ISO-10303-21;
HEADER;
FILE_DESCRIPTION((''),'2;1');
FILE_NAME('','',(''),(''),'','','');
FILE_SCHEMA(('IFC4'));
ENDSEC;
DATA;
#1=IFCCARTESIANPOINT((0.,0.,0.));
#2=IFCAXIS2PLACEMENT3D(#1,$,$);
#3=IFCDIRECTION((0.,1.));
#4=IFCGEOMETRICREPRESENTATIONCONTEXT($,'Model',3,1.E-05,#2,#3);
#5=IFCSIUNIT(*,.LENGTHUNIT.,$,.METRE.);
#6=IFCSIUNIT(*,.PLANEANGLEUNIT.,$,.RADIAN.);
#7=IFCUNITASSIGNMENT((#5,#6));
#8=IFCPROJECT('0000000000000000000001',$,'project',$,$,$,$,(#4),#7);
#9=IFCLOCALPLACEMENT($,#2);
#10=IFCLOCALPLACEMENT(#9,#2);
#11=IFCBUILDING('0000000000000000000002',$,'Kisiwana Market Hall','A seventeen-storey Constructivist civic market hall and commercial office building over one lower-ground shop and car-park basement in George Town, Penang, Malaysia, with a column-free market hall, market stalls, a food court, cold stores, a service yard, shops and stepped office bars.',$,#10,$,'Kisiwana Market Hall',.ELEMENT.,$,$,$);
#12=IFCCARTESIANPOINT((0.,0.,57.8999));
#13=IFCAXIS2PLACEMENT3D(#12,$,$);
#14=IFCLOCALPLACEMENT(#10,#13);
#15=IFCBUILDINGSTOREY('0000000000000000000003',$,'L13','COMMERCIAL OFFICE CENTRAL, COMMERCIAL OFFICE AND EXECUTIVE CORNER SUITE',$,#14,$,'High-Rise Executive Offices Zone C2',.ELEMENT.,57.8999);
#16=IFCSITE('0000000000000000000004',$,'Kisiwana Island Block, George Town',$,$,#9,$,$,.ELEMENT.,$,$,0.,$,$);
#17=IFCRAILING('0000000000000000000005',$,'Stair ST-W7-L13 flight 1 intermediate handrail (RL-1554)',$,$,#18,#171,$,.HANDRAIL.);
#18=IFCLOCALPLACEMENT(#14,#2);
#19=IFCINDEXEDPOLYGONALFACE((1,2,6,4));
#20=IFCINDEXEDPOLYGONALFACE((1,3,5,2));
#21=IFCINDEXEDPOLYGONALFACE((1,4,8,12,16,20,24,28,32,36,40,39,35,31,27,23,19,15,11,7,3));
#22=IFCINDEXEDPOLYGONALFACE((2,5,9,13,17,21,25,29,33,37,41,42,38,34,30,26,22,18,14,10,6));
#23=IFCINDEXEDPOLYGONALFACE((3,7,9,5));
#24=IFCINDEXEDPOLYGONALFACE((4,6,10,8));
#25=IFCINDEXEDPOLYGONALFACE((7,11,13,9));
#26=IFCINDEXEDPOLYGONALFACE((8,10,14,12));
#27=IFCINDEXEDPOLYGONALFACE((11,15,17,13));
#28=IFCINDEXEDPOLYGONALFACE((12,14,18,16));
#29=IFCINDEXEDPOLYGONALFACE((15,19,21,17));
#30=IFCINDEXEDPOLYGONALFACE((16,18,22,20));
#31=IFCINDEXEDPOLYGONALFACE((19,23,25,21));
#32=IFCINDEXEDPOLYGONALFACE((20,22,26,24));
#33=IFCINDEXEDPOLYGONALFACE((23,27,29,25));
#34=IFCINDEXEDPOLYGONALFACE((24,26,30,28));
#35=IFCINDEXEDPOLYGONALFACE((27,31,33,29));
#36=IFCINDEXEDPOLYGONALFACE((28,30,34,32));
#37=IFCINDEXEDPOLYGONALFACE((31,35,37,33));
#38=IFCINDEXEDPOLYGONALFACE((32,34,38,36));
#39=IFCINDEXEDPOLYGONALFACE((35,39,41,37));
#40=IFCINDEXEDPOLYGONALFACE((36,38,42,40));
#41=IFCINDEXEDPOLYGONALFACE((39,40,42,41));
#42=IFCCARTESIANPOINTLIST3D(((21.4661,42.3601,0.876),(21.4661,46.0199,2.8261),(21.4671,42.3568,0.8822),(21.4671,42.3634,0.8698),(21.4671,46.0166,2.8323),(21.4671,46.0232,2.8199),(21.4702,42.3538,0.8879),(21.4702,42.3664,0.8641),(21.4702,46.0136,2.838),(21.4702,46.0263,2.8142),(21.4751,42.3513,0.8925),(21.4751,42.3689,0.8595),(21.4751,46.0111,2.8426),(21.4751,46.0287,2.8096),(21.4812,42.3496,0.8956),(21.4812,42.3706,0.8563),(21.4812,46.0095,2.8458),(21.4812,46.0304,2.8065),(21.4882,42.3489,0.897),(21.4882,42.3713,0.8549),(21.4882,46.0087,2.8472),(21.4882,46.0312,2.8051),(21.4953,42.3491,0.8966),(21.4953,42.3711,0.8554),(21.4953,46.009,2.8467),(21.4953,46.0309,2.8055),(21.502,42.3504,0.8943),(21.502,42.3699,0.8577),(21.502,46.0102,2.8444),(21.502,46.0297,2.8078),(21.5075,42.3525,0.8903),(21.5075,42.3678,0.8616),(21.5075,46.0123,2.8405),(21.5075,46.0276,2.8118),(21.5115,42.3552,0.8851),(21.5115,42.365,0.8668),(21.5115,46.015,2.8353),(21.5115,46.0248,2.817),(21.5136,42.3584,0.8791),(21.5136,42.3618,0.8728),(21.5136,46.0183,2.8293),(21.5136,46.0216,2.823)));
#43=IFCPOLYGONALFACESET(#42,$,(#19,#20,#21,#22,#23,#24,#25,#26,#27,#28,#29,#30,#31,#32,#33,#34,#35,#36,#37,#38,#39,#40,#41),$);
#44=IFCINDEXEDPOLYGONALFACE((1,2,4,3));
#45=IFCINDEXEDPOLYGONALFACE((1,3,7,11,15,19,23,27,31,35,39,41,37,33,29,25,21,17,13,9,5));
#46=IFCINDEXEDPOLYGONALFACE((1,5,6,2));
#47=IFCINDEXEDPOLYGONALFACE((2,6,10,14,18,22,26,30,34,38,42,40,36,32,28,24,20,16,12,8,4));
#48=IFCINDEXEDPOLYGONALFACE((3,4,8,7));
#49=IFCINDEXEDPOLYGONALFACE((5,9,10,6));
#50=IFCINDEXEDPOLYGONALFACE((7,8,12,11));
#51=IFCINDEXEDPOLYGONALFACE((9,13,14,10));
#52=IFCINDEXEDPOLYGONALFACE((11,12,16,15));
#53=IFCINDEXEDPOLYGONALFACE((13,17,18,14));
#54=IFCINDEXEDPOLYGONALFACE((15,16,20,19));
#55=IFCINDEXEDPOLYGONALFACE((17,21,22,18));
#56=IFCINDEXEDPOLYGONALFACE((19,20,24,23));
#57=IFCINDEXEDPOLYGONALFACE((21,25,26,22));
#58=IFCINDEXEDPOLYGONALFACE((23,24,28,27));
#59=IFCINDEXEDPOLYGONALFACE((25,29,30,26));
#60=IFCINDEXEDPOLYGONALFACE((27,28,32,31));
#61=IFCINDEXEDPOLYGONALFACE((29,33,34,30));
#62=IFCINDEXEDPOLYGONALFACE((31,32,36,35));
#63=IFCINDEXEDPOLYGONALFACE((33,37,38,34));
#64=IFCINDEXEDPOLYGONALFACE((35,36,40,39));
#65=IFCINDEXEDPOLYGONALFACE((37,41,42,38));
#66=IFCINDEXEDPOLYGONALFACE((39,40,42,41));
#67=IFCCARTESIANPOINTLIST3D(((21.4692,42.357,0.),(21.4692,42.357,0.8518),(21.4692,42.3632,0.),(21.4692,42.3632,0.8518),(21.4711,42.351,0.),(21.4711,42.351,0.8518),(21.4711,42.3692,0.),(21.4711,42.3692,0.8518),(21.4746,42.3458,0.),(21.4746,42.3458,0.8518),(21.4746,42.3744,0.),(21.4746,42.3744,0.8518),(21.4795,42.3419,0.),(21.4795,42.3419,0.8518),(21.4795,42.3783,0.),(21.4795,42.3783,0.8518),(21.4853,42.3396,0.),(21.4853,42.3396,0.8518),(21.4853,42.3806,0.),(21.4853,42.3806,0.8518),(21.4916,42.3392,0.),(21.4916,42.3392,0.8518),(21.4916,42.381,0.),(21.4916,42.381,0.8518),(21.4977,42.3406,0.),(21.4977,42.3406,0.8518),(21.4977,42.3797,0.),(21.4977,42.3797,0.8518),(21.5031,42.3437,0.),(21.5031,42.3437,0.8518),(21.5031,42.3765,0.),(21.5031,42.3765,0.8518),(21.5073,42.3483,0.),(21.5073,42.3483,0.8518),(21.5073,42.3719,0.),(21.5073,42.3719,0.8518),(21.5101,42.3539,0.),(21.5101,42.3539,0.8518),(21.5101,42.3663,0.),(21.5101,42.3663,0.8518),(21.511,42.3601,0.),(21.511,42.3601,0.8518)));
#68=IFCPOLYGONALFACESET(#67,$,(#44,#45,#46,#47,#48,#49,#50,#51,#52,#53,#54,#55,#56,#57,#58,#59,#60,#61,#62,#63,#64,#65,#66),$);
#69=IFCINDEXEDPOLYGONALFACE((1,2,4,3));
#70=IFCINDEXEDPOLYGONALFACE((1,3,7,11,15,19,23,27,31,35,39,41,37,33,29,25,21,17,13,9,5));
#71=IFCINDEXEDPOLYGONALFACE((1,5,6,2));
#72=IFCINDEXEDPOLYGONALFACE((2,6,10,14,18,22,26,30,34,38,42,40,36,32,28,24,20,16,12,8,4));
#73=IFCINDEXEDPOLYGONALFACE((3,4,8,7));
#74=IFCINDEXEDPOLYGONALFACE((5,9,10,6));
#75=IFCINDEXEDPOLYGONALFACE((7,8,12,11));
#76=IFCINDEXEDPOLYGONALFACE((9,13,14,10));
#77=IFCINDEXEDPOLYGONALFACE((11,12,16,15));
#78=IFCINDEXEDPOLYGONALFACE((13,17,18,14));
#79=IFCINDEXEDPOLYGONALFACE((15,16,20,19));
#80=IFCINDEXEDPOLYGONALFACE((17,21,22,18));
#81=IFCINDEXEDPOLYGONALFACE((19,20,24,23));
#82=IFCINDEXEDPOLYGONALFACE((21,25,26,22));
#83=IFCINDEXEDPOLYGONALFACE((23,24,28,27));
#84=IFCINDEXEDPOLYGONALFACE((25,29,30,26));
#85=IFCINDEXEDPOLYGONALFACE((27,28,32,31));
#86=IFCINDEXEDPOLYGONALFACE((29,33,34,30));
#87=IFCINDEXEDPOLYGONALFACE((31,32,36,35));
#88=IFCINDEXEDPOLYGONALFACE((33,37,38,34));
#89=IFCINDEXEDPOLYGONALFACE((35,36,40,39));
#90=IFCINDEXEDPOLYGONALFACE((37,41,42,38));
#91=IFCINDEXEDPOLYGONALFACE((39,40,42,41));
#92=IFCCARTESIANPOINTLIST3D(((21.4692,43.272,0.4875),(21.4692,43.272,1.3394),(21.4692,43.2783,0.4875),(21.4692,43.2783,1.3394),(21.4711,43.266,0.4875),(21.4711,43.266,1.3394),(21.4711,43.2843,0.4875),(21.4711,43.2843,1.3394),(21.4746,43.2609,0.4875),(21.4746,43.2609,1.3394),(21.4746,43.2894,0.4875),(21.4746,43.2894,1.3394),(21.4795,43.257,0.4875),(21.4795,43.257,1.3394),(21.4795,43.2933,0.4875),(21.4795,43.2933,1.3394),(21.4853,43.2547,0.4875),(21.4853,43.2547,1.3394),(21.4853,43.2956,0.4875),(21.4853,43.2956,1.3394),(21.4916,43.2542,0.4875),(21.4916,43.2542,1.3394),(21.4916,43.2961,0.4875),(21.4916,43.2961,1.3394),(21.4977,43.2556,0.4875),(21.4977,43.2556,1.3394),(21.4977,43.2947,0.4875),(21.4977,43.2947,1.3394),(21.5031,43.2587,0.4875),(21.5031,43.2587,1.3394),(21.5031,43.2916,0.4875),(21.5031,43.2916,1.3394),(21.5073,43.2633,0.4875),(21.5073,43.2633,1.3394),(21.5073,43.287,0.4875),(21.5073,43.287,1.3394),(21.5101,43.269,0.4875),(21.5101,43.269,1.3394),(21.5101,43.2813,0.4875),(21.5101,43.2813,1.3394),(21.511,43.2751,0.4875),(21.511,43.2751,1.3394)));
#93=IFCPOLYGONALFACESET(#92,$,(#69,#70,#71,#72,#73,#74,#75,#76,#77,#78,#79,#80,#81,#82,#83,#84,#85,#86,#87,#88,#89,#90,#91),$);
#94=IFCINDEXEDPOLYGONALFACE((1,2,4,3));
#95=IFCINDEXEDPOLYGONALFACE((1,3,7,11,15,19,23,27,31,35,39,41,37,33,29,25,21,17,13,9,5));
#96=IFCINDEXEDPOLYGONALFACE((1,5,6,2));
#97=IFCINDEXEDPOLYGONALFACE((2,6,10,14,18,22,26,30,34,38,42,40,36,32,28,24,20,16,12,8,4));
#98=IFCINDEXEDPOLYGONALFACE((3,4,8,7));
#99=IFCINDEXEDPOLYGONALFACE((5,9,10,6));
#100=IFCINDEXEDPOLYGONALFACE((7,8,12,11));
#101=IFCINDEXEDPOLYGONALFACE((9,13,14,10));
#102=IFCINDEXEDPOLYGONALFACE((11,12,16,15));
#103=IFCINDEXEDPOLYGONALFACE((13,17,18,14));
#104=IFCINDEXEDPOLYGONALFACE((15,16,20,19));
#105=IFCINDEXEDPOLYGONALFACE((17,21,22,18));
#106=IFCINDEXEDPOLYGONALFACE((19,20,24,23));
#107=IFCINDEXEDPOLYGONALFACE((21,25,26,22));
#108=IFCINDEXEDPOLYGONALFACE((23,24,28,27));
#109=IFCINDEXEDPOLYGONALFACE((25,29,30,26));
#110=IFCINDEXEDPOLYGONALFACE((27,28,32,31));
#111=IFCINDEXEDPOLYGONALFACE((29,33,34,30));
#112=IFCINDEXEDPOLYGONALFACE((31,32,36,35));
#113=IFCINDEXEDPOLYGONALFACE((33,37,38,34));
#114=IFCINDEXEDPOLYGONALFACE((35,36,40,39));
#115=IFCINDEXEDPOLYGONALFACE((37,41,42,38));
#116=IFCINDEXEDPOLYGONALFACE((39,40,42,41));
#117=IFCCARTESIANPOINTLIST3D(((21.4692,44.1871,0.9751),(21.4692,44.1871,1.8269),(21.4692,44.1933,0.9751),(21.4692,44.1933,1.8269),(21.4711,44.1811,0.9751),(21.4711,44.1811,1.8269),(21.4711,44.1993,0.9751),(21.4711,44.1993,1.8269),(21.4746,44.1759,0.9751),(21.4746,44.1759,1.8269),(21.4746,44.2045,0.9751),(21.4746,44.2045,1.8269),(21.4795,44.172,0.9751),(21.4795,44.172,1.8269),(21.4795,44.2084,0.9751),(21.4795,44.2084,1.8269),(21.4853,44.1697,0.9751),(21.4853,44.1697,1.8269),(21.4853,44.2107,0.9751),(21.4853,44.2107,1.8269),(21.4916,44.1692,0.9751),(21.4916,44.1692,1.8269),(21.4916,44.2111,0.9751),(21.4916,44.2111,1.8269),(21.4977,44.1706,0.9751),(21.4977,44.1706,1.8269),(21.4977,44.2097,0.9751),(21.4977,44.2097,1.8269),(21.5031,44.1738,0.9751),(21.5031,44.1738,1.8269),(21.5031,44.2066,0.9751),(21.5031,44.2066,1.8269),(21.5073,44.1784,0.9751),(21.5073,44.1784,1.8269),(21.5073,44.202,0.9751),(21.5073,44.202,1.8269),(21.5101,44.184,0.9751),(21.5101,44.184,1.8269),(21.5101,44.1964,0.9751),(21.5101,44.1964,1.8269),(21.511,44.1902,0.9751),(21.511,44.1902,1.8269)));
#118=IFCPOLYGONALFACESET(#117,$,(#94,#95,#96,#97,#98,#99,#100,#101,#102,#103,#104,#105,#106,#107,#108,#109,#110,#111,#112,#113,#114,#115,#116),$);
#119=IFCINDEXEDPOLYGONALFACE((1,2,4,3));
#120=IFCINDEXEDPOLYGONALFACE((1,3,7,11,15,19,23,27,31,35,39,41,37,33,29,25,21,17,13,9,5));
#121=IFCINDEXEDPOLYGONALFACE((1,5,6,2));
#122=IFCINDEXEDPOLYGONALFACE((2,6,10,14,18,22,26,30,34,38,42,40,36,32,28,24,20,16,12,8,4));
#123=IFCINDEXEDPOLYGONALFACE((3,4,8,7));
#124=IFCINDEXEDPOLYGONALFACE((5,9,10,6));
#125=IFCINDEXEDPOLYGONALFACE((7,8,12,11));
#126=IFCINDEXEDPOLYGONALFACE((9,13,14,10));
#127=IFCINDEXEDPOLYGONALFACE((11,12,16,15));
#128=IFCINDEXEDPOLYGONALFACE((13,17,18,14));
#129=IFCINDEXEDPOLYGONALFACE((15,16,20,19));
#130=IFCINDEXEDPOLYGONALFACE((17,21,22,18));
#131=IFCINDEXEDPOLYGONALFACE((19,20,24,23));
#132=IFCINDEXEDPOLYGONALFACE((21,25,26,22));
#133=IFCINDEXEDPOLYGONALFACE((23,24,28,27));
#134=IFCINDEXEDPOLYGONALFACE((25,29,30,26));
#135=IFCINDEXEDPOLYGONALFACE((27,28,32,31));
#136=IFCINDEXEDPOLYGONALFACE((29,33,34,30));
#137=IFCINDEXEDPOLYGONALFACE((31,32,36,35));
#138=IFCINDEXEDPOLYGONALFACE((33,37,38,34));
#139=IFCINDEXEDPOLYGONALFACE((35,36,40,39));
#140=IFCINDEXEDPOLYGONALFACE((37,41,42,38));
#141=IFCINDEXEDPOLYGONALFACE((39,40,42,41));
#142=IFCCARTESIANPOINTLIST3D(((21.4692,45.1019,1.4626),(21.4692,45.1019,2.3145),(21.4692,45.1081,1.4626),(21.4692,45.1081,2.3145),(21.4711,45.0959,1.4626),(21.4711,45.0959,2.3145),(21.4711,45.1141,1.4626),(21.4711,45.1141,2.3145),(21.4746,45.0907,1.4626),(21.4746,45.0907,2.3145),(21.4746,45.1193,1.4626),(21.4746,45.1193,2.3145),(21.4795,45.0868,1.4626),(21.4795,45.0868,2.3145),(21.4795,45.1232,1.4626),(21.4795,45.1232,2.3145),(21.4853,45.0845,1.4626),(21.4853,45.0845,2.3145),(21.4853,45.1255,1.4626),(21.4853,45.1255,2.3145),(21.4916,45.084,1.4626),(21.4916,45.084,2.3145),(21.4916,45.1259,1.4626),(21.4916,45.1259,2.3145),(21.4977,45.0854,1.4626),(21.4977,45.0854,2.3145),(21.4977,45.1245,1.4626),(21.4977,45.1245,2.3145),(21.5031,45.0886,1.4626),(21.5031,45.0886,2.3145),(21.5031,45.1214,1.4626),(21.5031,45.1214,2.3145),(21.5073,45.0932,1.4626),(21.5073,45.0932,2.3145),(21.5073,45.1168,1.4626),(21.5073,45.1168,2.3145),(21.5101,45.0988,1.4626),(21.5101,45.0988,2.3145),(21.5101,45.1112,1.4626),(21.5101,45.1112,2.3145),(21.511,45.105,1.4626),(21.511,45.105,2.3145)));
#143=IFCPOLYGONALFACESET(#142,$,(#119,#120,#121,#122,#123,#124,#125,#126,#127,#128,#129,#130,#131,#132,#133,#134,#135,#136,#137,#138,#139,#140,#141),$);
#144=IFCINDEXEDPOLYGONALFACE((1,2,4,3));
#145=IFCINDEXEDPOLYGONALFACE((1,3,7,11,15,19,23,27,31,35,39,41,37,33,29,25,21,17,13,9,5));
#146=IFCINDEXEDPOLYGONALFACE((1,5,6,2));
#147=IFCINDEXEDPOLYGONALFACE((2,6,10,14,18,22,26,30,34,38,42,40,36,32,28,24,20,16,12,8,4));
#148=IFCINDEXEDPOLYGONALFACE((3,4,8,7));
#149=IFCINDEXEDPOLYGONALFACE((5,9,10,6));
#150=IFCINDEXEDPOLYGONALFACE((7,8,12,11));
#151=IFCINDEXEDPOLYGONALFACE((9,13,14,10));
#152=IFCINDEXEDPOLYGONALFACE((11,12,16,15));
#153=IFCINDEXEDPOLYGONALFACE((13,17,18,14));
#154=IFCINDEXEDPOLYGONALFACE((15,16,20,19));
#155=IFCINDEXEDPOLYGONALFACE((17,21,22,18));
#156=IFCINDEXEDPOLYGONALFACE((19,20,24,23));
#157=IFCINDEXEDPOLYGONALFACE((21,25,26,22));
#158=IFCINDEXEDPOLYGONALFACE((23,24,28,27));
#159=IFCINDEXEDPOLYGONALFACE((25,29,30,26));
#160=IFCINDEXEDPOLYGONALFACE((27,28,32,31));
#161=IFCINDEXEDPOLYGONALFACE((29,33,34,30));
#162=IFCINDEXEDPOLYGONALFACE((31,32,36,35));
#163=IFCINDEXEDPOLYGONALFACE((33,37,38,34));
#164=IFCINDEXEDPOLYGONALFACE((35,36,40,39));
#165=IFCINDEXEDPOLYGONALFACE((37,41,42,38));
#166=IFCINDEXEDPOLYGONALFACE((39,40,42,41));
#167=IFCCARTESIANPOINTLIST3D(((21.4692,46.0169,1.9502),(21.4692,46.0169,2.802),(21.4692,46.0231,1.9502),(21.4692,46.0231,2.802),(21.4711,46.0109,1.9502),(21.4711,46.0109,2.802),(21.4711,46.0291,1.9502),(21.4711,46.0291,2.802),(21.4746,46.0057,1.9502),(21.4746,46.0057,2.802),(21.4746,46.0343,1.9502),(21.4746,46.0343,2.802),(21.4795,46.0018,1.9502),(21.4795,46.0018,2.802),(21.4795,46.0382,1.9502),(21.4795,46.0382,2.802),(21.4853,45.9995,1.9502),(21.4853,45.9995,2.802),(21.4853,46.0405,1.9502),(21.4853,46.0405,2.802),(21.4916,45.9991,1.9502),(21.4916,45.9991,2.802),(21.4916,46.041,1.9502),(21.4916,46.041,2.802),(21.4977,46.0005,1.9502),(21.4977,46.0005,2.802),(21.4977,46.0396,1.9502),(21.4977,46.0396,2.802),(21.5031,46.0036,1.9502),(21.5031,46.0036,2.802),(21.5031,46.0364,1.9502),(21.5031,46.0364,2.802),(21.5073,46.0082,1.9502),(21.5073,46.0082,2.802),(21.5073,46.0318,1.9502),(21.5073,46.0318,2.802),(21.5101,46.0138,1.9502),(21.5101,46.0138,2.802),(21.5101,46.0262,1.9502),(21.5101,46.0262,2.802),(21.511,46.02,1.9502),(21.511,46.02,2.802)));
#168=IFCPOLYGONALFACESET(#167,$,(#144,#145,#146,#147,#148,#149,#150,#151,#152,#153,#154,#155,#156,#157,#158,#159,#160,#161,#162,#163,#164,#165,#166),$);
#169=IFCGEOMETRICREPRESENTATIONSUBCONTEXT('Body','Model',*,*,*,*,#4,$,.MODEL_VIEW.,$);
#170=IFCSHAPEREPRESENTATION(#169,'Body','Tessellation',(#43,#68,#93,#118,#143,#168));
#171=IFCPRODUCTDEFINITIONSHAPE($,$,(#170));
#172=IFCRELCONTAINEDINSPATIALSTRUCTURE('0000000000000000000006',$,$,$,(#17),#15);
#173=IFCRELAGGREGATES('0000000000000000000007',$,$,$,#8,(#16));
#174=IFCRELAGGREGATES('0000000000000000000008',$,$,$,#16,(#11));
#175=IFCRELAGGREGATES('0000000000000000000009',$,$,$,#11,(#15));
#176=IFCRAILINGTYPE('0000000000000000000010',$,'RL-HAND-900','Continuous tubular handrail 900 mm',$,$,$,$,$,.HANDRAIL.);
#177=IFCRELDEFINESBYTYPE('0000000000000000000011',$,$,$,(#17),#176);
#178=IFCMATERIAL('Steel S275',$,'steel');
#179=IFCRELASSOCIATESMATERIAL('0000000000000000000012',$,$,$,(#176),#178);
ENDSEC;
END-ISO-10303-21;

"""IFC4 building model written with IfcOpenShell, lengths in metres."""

from ifc_helpers import new_model, si_unit, direction, frame, origin, origin_2d, place, context, subcontext, project, spatial, circle, extrude, material, type_object, element, save


model = new_model("IFC4")

# Units and contexts
model_context = context("Model", 3, precision=1e-05, world=origin(), true_north=direction((0.0, 1.0)))
body_context = subcontext(model_context, "Body", "Model", "MODEL_VIEW")
ifc_project = project(units=[si_unit("LENGTHUNIT", "METRE"), si_unit("PLANEANGLEUNIT", "RADIAN")], contexts=[model_context])

# Site, building, storey
site_placement = place(None, origin())
site = spatial("IfcSite", under=ifc_project, at=site_placement, Name="Kisiwana Island Block, George Town", CompositionType="ELEMENT", RefElevation=0.0)
building_placement = place(site_placement, origin())
building = spatial("IfcBuilding", under=site, at=building_placement, Name="Kisiwana Market Hall", Description="A seventeen-storey Constructivist civic market hall and commercial office building over one lower-ground shop and car-park basement in George Town, Penang, Malaysia, with a column-free market hall, market stalls, a food court, cold stores, a service yard, shops and stepped office bars.", LongName="Kisiwana Market Hall", CompositionType="ELEMENT")
storey_placement = place(building_placement, frame((0.0, 0.0, 57.8999)))
storey = spatial("IfcBuildingStorey", under=building, at=storey_placement, Name="L13", Description="COMMERCIAL OFFICE CENTRAL, COMMERCIAL OFFICE AND EXECUTIVE CORNER SUITE", LongName="High-Rise Executive Offices Zone C2", CompositionType="ELEMENT", Elevation=57.8999)

# Railing
ifc_material_1 = material(Name="Steel S275", Category="steel")
railing_type_1 = type_object("IfcRailingType", Name="RL-HAND-900", Description="Continuous tubular handrail 900 mm", PredefinedType="HANDRAIL", material=ifc_material_1)
railing_1_placement = place(storey_placement, frame((21.49, 42.3601, 0.0)))
element("IfcRailing", 1, at=railing_1_placement, inside=storey, type_object=railing_type_1, Name="Stair ST-W7-L13 flight 1 intermediate handrail (RL-1554)", PredefinedType="HANDRAIL", context=body_context, shape_type="SweptSolid", body=[
    extrude(circle(Radius=0.0239, at=origin_2d()), frame((0.0, 0.0, 0.876), z_axis=(0.0, 0.882529, 0.470258), x_axis=(-1.0, 0.0, 0.0)), (0.0, 0.0, 1.0), 4.147),
    extrude(circle(Radius=0.021, at=origin_2d()), origin(), (0.0, 0.0, 1.0), 0.8518),
    extrude(circle(Radius=0.021, at=origin_2d()), frame((0.0, 0.915, 0.4875)), (0.0, 0.0, 1.0), 0.8518),
    extrude(circle(Radius=0.021, at=origin_2d()), frame((0.0, 1.8301, 0.9751)), (0.0, 0.0, 1.0), 0.8518),
    extrude(circle(Radius=0.021, at=origin_2d()), frame((0.0, 2.7449, 1.4626)), (0.0, 0.0, 1.0), 0.8518),
    extrude(circle(Radius=0.021, at=origin_2d()), frame((0.0, 3.6599, 1.9502)), (0.0, 0.0, 1.0), 0.8518),
])

save(model, "model.ifc")
